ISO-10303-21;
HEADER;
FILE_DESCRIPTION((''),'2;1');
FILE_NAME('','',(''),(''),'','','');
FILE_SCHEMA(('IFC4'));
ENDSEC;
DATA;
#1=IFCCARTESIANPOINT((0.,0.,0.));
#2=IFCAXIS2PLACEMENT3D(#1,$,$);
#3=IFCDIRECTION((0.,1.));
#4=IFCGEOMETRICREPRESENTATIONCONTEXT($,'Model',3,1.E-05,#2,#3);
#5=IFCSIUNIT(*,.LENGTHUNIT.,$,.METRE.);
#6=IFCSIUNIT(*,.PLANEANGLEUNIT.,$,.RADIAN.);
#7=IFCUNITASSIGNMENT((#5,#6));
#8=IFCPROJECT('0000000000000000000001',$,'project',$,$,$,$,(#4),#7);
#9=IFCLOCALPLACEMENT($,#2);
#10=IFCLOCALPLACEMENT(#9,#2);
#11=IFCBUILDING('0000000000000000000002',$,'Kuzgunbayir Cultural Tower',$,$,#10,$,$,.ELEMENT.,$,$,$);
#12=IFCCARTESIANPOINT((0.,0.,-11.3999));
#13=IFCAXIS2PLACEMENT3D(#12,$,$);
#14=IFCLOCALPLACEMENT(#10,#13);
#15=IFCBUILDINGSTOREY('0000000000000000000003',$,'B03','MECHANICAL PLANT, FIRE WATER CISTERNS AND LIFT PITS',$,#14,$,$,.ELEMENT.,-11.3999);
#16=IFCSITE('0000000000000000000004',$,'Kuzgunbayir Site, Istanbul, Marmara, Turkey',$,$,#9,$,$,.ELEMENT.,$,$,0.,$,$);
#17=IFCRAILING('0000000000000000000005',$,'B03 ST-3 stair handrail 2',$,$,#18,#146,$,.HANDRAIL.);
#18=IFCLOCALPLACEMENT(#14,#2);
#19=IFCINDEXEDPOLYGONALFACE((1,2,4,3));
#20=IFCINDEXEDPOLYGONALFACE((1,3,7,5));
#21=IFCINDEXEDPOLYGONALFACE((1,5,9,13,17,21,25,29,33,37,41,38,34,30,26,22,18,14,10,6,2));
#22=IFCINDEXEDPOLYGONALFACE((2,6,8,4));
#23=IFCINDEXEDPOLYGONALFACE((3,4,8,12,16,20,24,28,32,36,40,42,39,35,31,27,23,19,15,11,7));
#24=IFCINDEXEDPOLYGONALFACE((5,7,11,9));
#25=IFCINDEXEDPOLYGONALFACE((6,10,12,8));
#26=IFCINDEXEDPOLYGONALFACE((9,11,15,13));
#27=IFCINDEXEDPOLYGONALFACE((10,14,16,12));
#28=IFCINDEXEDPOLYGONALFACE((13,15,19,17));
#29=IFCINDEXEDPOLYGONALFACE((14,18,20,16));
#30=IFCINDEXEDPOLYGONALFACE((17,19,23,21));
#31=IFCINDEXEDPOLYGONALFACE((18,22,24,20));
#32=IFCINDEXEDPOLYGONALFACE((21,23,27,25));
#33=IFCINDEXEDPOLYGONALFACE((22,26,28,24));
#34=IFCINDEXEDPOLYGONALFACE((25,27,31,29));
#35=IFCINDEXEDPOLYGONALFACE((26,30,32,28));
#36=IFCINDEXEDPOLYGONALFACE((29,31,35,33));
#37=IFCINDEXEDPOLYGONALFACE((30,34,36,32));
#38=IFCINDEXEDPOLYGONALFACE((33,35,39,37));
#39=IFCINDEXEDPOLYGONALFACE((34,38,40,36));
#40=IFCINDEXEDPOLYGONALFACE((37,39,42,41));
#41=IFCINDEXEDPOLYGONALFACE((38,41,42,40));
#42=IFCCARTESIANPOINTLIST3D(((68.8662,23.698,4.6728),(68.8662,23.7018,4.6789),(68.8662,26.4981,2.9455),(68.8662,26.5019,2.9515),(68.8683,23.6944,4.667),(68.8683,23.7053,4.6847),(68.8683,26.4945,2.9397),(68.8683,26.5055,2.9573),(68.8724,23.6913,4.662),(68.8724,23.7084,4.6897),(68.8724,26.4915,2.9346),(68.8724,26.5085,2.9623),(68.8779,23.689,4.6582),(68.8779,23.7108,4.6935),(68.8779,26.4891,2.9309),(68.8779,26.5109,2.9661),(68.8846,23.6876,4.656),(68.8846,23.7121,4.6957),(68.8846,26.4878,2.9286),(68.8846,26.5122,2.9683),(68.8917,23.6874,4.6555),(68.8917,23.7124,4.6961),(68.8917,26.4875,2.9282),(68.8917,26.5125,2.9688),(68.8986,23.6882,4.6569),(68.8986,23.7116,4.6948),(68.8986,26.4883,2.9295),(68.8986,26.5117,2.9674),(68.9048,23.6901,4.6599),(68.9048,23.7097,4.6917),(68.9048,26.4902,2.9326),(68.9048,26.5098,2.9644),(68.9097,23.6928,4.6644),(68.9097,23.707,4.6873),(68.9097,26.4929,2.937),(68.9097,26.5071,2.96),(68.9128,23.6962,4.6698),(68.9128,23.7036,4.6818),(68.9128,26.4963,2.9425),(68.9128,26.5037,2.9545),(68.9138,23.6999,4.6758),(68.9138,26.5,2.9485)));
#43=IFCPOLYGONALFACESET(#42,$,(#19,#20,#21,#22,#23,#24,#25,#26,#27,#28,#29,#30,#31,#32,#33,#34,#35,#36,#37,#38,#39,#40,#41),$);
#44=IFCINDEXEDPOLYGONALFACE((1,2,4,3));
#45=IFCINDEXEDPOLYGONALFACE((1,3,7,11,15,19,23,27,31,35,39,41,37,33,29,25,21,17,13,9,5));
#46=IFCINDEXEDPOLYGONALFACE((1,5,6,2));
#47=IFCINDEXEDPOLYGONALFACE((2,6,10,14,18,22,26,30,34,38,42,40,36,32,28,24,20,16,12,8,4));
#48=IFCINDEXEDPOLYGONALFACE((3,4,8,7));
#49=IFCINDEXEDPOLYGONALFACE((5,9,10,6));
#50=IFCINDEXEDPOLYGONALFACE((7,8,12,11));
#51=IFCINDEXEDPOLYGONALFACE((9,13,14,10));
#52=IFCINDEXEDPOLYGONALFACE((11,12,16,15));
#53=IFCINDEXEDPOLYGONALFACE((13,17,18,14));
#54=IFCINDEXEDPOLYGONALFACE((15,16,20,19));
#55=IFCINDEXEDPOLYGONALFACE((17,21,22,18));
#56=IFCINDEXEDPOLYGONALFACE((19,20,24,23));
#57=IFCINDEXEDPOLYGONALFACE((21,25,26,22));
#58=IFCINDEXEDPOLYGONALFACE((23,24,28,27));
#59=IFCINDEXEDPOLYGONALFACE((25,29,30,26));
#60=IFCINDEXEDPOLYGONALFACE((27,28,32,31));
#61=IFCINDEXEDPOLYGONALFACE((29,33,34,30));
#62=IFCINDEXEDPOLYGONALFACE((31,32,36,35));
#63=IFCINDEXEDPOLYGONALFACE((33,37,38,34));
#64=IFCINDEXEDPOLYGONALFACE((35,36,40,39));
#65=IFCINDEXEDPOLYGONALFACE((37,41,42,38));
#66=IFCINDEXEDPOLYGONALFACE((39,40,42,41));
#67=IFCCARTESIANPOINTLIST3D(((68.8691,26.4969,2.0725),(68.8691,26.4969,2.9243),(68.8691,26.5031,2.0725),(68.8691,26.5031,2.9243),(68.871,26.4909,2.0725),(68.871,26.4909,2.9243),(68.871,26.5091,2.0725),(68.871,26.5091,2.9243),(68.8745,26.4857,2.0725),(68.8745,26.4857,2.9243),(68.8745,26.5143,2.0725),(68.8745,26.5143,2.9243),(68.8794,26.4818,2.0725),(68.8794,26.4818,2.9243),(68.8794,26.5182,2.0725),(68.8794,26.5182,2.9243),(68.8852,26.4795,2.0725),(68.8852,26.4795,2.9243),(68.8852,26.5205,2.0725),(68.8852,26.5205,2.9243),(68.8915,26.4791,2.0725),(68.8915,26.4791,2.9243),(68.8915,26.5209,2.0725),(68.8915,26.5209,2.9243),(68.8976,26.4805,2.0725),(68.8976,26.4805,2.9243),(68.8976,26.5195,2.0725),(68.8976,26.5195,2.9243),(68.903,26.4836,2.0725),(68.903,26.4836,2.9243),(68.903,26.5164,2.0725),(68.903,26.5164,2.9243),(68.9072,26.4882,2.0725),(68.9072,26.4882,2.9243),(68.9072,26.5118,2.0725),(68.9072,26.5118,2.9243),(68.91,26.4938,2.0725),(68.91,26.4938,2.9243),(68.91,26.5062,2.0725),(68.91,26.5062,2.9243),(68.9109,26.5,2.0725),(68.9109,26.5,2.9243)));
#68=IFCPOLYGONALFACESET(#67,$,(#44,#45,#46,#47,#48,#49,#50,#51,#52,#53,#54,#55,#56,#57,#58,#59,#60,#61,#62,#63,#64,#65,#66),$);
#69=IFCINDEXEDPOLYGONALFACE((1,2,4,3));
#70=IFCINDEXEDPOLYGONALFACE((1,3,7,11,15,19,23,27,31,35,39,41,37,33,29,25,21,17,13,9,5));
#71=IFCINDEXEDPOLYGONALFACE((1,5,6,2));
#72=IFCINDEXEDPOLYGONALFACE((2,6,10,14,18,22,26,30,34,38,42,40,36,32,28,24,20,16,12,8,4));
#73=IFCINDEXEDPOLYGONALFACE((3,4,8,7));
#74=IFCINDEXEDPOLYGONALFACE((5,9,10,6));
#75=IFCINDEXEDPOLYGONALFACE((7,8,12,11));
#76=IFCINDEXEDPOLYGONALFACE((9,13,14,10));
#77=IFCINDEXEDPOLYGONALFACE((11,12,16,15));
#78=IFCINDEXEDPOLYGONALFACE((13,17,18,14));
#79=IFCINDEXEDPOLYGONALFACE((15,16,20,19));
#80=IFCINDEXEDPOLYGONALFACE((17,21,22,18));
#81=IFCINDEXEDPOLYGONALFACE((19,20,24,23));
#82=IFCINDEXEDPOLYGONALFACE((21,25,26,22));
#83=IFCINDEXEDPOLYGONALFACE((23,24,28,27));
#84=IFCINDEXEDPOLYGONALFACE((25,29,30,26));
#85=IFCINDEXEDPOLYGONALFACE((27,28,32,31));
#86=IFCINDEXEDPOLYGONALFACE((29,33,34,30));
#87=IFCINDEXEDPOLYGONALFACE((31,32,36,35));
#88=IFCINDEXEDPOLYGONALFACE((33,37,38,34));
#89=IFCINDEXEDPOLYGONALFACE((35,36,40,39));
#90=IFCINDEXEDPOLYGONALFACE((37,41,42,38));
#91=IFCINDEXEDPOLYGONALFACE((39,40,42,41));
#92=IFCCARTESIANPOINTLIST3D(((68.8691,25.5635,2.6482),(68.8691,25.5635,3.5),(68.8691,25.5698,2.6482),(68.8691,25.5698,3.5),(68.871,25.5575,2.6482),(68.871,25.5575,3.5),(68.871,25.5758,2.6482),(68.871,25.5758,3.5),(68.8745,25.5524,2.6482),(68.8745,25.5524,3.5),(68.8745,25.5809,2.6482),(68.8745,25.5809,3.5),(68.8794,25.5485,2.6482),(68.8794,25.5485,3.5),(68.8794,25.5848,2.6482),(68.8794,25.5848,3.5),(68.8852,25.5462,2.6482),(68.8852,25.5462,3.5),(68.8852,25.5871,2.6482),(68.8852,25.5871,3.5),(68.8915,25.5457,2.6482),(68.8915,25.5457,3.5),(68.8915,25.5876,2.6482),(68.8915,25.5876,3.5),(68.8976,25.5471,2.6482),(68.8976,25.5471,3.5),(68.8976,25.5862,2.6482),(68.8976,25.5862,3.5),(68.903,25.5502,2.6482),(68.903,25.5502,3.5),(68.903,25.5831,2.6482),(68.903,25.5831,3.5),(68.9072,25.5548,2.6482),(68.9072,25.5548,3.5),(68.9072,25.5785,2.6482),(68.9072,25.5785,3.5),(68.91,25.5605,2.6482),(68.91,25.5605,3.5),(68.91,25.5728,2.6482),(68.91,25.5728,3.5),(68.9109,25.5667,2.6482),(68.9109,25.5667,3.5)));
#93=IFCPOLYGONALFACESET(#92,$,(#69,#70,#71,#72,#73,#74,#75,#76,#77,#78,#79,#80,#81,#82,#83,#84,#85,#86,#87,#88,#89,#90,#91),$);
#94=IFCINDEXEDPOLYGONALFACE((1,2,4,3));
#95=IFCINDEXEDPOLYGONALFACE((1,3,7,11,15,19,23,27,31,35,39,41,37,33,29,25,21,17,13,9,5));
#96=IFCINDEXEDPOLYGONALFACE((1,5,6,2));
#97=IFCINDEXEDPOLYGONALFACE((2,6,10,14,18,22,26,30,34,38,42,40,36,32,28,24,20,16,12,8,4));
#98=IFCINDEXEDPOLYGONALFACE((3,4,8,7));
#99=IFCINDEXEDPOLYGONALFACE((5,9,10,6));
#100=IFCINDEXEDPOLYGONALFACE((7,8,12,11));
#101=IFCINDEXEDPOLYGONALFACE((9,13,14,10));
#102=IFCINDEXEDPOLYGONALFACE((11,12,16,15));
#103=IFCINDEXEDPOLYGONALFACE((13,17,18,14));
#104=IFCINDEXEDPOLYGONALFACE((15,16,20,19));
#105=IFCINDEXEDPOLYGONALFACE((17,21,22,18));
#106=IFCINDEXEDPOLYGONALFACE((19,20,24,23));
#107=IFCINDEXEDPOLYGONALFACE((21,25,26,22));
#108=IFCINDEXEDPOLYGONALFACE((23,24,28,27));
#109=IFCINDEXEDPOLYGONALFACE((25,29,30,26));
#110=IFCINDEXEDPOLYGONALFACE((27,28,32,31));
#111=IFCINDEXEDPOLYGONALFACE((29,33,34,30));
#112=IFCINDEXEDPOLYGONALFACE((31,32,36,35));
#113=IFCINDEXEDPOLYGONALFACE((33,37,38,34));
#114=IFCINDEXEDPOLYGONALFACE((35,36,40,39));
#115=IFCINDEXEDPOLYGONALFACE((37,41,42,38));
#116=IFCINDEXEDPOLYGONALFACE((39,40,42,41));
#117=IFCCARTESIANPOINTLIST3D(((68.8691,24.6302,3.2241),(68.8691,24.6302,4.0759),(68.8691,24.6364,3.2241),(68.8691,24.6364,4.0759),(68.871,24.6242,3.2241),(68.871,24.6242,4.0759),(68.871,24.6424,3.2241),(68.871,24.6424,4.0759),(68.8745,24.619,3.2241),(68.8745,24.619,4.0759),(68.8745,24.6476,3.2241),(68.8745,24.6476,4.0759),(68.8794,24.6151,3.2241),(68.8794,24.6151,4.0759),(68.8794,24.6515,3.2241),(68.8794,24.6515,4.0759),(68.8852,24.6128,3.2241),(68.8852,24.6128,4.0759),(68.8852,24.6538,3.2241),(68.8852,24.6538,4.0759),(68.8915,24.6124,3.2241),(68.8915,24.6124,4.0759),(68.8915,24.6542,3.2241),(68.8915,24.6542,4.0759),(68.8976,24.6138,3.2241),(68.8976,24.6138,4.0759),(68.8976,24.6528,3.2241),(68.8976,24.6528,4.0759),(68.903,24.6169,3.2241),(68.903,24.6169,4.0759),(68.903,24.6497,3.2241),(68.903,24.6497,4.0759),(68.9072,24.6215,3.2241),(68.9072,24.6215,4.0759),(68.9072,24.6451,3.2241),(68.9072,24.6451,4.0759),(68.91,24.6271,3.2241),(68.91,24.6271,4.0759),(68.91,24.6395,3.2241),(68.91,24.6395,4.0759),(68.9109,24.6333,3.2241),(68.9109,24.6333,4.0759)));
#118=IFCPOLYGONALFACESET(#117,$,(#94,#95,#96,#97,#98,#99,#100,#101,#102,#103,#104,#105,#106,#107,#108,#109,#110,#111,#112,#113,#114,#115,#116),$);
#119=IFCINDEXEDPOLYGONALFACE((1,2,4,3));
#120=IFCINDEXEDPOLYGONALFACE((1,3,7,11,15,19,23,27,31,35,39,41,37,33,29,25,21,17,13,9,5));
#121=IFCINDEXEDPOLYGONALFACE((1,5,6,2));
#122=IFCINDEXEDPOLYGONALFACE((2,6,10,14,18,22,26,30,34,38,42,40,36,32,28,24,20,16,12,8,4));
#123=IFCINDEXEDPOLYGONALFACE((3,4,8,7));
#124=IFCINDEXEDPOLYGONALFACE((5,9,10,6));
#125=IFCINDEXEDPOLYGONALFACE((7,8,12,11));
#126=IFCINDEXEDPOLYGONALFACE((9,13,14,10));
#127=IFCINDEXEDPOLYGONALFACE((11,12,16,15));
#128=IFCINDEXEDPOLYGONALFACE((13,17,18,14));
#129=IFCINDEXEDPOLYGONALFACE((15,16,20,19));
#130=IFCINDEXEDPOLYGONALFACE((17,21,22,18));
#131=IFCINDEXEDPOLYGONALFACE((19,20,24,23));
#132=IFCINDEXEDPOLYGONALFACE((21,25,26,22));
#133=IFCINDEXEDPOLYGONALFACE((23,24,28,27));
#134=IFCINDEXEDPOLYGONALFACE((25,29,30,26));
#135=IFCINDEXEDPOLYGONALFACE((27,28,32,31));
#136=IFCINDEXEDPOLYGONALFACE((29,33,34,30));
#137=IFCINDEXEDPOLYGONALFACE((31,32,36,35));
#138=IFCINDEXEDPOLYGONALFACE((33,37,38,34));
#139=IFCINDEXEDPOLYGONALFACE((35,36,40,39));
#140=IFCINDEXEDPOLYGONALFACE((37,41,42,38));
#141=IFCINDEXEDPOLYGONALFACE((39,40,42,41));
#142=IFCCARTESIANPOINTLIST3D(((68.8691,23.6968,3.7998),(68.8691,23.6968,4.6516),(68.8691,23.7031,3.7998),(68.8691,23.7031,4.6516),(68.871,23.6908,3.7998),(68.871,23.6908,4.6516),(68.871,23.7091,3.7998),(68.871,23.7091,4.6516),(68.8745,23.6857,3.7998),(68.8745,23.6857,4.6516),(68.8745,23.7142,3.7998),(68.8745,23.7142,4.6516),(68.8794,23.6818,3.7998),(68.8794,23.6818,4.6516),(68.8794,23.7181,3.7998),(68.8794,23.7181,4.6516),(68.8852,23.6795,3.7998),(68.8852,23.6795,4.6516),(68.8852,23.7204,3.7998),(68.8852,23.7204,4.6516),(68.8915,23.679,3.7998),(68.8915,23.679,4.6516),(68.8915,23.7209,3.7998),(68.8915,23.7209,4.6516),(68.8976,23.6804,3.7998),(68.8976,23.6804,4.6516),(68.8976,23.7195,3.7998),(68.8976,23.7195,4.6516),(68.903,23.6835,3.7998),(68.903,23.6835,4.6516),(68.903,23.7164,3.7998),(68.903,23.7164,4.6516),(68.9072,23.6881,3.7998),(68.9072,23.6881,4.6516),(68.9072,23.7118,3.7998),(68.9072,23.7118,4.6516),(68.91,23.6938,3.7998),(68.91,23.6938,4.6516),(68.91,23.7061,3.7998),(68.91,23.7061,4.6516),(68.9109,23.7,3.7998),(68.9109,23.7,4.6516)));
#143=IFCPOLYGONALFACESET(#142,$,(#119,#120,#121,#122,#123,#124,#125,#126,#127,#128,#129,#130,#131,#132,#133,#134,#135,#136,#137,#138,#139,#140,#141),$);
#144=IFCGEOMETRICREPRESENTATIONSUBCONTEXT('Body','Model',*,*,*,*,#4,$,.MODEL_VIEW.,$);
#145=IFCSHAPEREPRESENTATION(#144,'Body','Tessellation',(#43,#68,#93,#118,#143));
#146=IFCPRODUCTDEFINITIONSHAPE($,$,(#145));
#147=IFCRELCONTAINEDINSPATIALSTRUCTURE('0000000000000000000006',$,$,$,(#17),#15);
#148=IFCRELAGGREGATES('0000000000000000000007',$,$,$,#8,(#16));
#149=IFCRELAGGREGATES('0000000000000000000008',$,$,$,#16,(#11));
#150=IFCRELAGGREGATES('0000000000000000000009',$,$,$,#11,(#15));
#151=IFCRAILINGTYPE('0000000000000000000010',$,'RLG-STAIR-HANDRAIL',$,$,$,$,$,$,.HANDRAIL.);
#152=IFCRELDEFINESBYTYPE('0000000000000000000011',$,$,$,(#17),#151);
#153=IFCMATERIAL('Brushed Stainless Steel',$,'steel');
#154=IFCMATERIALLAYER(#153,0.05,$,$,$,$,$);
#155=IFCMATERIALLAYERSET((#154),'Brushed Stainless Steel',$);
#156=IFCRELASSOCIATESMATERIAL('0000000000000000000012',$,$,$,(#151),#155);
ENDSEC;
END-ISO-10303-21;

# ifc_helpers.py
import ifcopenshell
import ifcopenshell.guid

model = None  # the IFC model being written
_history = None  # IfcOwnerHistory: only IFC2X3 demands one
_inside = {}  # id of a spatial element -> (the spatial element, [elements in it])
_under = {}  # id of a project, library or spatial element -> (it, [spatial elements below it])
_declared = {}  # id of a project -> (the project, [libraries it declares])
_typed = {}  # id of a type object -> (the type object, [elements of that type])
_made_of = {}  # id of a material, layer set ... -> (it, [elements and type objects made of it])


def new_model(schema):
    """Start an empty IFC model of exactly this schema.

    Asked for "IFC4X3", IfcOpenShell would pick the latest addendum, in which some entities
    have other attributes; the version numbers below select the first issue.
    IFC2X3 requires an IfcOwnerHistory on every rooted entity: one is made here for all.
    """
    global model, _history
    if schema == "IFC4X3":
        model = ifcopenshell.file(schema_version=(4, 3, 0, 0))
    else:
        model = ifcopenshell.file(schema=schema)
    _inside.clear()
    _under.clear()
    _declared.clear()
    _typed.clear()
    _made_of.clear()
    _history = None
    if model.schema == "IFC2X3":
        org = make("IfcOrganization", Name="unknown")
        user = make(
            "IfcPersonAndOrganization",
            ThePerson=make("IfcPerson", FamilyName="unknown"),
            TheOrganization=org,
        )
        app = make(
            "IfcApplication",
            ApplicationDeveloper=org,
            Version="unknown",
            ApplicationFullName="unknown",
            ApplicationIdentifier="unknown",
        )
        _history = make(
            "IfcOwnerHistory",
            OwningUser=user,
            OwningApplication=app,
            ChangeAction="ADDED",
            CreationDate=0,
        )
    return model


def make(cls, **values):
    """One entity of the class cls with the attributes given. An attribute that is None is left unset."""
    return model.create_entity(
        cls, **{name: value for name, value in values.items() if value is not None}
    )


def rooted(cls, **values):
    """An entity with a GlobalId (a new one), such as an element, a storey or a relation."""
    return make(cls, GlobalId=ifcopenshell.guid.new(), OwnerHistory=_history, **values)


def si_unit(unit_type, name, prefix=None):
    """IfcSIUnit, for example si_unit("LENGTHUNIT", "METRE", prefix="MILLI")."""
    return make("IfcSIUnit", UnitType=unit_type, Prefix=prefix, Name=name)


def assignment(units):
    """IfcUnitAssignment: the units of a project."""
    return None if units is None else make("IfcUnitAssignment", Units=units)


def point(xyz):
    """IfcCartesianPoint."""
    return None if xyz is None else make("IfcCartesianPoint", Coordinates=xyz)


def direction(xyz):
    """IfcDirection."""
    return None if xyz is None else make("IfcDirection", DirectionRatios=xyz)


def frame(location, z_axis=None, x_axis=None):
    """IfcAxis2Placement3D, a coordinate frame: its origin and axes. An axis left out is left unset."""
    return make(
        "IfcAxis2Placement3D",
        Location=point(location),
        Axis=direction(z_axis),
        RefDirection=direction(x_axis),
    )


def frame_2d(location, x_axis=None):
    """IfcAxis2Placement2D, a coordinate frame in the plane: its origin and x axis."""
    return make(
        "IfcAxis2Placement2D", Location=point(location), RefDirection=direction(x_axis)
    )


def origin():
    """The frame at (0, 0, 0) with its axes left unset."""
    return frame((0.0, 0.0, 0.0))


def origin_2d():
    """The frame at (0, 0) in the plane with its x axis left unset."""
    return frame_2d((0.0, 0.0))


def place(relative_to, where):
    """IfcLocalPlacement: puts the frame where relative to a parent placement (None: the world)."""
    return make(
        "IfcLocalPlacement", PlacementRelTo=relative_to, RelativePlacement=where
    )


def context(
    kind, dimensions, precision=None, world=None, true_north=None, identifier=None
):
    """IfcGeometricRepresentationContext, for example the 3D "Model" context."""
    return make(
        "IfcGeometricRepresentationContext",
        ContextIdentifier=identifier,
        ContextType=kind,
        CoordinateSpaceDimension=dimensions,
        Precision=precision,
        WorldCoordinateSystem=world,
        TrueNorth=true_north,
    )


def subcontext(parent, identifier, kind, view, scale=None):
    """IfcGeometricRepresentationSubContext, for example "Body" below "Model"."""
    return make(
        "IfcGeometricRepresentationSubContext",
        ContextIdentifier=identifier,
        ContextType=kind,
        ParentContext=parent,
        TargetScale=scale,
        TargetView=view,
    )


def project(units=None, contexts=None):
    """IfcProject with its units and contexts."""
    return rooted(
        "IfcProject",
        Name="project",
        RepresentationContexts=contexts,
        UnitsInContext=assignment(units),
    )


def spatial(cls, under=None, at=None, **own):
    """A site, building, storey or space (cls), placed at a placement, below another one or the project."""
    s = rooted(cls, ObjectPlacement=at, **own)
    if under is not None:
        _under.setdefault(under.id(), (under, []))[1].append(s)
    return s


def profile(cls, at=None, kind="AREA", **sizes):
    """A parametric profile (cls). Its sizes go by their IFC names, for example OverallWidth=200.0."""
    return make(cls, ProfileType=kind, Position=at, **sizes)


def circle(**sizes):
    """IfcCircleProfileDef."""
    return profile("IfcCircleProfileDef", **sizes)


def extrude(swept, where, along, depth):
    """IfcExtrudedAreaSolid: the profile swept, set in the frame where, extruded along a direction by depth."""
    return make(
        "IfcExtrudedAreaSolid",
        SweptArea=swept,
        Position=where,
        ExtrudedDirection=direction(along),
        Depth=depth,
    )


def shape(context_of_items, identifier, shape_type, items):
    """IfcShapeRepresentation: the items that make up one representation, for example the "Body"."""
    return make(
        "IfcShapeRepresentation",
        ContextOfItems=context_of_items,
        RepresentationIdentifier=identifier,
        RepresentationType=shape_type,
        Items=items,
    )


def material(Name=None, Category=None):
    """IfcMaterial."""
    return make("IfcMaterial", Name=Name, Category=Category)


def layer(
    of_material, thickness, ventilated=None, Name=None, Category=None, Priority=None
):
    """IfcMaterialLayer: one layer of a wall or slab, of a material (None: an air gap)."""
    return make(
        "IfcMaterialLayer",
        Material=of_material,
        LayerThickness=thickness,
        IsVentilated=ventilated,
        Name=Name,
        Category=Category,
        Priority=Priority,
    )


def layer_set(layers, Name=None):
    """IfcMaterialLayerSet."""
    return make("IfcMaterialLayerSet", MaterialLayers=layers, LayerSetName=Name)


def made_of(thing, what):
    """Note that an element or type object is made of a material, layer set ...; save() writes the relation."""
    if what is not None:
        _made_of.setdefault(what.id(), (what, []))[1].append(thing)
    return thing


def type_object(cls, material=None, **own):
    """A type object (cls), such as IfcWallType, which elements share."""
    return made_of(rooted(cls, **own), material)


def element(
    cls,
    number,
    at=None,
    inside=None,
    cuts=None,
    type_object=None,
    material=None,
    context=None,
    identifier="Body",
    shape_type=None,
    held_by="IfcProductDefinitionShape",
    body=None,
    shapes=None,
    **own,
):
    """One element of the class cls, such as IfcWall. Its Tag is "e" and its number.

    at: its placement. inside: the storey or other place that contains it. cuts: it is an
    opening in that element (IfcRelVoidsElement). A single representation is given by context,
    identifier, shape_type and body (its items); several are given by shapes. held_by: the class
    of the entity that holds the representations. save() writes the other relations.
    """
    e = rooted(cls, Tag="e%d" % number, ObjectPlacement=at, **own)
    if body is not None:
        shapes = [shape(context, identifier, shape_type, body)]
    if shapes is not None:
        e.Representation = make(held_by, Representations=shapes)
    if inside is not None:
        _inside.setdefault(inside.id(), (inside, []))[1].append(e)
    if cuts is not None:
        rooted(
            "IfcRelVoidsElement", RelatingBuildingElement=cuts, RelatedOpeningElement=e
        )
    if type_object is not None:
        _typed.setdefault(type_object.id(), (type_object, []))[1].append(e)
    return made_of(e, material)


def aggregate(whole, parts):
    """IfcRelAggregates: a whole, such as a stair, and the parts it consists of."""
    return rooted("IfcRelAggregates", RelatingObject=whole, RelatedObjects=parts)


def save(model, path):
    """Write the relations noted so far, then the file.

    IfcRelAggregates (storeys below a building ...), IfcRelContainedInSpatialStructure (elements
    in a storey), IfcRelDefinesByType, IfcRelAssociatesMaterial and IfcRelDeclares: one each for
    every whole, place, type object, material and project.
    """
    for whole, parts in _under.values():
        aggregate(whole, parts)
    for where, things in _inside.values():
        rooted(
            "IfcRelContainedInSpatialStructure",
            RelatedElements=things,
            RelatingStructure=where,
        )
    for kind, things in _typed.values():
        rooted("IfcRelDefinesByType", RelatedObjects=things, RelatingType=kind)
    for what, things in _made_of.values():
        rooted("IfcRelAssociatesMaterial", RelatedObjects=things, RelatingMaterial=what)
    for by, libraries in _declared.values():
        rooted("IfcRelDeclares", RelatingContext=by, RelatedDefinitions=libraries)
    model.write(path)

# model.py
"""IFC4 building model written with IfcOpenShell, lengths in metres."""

from ifc_helpers import new_model, si_unit, direction, frame, origin, origin_2d, place, context, subcontext, project, spatial, circle, extrude, material, layer, layer_set, type_object, element, save


model = new_model("IFC4")

# Units and contexts
model_context = context("Model", 3, precision=1e-05, world=origin(), true_north=direction((0.0, 1.0)))
body_context = subcontext(model_context, "Body", "Model", "MODEL_VIEW")
ifc_project = project(units=[si_unit("LENGTHUNIT", "METRE"), si_unit("PLANEANGLEUNIT", "RADIAN")], contexts=[model_context])

# Site, building, storey
site_placement = place(None, origin())
site = spatial("IfcSite", under=ifc_project, at=site_placement, Name="Kuzgunbayir Site, Istanbul, Marmara, Turkey", CompositionType="ELEMENT", RefElevation=0.0)
building_placement = place(site_placement, origin())
building = spatial("IfcBuilding", under=site, at=building_placement, Name="Kuzgunbayir Cultural Tower", CompositionType="ELEMENT")
storey_placement = place(building_placement, frame((0.0, 0.0, -11.3999)))
storey = spatial("IfcBuildingStorey", under=building, at=storey_placement, Name="B03", Description="MECHANICAL PLANT, FIRE WATER CISTERNS AND LIFT PITS", CompositionType="ELEMENT", Elevation=-11.3999)

# Shared definitions
ifc_material_1 = material(Name="Brushed Stainless Steel", Category="steel")

# Railing
ifc_layer_1 = layer(ifc_material_1, 0.05)
ifc_layer_set_1 = layer_set([ifc_layer_1], Name="Brushed Stainless Steel")
railing_type_1 = type_object("IfcRailingType", Name="RLG-STAIR-HANDRAIL", PredefinedType="HANDRAIL", material=ifc_layer_set_1)
railing_1_placement = place(storey_placement, frame((68.8899, 26.5, 2.0725)))
element("IfcRailing", 1, at=railing_1_placement, inside=storey, type_object=railing_type_1, Name="B03 ST-3 stair handrail 2", PredefinedType="HANDRAIL", context=body_context, shape_type="SweptSolid", body=[
    extrude(circle(Radius=0.0239, at=origin_2d()), frame((0.0, 0.0, 0.876), z_axis=(0.0, -0.85109, 0.52502), x_axis=(1.0, 0.0, 0.0)), (0.0, 0.0, 1.0), 3.29),
    extrude(circle(Radius=0.021, at=origin_2d()), origin(), (0.0, 0.0, 1.0), 0.8518),
    extrude(circle(Radius=0.021, at=origin_2d()), frame((0.0, -0.9333, 0.5757)), (0.0, 0.0, 1.0), 0.8518),
    extrude(circle(Radius=0.021, at=origin_2d()), frame((0.0, -1.8667, 1.1516)), (0.0, 0.0, 1.0), 0.8518),
    extrude(circle(Radius=0.021, at=origin_2d()), frame((0.0, -2.8, 1.7273)), (0.0, 0.0, 1.0), 0.8518),
])

save(model, "model.ifc")
